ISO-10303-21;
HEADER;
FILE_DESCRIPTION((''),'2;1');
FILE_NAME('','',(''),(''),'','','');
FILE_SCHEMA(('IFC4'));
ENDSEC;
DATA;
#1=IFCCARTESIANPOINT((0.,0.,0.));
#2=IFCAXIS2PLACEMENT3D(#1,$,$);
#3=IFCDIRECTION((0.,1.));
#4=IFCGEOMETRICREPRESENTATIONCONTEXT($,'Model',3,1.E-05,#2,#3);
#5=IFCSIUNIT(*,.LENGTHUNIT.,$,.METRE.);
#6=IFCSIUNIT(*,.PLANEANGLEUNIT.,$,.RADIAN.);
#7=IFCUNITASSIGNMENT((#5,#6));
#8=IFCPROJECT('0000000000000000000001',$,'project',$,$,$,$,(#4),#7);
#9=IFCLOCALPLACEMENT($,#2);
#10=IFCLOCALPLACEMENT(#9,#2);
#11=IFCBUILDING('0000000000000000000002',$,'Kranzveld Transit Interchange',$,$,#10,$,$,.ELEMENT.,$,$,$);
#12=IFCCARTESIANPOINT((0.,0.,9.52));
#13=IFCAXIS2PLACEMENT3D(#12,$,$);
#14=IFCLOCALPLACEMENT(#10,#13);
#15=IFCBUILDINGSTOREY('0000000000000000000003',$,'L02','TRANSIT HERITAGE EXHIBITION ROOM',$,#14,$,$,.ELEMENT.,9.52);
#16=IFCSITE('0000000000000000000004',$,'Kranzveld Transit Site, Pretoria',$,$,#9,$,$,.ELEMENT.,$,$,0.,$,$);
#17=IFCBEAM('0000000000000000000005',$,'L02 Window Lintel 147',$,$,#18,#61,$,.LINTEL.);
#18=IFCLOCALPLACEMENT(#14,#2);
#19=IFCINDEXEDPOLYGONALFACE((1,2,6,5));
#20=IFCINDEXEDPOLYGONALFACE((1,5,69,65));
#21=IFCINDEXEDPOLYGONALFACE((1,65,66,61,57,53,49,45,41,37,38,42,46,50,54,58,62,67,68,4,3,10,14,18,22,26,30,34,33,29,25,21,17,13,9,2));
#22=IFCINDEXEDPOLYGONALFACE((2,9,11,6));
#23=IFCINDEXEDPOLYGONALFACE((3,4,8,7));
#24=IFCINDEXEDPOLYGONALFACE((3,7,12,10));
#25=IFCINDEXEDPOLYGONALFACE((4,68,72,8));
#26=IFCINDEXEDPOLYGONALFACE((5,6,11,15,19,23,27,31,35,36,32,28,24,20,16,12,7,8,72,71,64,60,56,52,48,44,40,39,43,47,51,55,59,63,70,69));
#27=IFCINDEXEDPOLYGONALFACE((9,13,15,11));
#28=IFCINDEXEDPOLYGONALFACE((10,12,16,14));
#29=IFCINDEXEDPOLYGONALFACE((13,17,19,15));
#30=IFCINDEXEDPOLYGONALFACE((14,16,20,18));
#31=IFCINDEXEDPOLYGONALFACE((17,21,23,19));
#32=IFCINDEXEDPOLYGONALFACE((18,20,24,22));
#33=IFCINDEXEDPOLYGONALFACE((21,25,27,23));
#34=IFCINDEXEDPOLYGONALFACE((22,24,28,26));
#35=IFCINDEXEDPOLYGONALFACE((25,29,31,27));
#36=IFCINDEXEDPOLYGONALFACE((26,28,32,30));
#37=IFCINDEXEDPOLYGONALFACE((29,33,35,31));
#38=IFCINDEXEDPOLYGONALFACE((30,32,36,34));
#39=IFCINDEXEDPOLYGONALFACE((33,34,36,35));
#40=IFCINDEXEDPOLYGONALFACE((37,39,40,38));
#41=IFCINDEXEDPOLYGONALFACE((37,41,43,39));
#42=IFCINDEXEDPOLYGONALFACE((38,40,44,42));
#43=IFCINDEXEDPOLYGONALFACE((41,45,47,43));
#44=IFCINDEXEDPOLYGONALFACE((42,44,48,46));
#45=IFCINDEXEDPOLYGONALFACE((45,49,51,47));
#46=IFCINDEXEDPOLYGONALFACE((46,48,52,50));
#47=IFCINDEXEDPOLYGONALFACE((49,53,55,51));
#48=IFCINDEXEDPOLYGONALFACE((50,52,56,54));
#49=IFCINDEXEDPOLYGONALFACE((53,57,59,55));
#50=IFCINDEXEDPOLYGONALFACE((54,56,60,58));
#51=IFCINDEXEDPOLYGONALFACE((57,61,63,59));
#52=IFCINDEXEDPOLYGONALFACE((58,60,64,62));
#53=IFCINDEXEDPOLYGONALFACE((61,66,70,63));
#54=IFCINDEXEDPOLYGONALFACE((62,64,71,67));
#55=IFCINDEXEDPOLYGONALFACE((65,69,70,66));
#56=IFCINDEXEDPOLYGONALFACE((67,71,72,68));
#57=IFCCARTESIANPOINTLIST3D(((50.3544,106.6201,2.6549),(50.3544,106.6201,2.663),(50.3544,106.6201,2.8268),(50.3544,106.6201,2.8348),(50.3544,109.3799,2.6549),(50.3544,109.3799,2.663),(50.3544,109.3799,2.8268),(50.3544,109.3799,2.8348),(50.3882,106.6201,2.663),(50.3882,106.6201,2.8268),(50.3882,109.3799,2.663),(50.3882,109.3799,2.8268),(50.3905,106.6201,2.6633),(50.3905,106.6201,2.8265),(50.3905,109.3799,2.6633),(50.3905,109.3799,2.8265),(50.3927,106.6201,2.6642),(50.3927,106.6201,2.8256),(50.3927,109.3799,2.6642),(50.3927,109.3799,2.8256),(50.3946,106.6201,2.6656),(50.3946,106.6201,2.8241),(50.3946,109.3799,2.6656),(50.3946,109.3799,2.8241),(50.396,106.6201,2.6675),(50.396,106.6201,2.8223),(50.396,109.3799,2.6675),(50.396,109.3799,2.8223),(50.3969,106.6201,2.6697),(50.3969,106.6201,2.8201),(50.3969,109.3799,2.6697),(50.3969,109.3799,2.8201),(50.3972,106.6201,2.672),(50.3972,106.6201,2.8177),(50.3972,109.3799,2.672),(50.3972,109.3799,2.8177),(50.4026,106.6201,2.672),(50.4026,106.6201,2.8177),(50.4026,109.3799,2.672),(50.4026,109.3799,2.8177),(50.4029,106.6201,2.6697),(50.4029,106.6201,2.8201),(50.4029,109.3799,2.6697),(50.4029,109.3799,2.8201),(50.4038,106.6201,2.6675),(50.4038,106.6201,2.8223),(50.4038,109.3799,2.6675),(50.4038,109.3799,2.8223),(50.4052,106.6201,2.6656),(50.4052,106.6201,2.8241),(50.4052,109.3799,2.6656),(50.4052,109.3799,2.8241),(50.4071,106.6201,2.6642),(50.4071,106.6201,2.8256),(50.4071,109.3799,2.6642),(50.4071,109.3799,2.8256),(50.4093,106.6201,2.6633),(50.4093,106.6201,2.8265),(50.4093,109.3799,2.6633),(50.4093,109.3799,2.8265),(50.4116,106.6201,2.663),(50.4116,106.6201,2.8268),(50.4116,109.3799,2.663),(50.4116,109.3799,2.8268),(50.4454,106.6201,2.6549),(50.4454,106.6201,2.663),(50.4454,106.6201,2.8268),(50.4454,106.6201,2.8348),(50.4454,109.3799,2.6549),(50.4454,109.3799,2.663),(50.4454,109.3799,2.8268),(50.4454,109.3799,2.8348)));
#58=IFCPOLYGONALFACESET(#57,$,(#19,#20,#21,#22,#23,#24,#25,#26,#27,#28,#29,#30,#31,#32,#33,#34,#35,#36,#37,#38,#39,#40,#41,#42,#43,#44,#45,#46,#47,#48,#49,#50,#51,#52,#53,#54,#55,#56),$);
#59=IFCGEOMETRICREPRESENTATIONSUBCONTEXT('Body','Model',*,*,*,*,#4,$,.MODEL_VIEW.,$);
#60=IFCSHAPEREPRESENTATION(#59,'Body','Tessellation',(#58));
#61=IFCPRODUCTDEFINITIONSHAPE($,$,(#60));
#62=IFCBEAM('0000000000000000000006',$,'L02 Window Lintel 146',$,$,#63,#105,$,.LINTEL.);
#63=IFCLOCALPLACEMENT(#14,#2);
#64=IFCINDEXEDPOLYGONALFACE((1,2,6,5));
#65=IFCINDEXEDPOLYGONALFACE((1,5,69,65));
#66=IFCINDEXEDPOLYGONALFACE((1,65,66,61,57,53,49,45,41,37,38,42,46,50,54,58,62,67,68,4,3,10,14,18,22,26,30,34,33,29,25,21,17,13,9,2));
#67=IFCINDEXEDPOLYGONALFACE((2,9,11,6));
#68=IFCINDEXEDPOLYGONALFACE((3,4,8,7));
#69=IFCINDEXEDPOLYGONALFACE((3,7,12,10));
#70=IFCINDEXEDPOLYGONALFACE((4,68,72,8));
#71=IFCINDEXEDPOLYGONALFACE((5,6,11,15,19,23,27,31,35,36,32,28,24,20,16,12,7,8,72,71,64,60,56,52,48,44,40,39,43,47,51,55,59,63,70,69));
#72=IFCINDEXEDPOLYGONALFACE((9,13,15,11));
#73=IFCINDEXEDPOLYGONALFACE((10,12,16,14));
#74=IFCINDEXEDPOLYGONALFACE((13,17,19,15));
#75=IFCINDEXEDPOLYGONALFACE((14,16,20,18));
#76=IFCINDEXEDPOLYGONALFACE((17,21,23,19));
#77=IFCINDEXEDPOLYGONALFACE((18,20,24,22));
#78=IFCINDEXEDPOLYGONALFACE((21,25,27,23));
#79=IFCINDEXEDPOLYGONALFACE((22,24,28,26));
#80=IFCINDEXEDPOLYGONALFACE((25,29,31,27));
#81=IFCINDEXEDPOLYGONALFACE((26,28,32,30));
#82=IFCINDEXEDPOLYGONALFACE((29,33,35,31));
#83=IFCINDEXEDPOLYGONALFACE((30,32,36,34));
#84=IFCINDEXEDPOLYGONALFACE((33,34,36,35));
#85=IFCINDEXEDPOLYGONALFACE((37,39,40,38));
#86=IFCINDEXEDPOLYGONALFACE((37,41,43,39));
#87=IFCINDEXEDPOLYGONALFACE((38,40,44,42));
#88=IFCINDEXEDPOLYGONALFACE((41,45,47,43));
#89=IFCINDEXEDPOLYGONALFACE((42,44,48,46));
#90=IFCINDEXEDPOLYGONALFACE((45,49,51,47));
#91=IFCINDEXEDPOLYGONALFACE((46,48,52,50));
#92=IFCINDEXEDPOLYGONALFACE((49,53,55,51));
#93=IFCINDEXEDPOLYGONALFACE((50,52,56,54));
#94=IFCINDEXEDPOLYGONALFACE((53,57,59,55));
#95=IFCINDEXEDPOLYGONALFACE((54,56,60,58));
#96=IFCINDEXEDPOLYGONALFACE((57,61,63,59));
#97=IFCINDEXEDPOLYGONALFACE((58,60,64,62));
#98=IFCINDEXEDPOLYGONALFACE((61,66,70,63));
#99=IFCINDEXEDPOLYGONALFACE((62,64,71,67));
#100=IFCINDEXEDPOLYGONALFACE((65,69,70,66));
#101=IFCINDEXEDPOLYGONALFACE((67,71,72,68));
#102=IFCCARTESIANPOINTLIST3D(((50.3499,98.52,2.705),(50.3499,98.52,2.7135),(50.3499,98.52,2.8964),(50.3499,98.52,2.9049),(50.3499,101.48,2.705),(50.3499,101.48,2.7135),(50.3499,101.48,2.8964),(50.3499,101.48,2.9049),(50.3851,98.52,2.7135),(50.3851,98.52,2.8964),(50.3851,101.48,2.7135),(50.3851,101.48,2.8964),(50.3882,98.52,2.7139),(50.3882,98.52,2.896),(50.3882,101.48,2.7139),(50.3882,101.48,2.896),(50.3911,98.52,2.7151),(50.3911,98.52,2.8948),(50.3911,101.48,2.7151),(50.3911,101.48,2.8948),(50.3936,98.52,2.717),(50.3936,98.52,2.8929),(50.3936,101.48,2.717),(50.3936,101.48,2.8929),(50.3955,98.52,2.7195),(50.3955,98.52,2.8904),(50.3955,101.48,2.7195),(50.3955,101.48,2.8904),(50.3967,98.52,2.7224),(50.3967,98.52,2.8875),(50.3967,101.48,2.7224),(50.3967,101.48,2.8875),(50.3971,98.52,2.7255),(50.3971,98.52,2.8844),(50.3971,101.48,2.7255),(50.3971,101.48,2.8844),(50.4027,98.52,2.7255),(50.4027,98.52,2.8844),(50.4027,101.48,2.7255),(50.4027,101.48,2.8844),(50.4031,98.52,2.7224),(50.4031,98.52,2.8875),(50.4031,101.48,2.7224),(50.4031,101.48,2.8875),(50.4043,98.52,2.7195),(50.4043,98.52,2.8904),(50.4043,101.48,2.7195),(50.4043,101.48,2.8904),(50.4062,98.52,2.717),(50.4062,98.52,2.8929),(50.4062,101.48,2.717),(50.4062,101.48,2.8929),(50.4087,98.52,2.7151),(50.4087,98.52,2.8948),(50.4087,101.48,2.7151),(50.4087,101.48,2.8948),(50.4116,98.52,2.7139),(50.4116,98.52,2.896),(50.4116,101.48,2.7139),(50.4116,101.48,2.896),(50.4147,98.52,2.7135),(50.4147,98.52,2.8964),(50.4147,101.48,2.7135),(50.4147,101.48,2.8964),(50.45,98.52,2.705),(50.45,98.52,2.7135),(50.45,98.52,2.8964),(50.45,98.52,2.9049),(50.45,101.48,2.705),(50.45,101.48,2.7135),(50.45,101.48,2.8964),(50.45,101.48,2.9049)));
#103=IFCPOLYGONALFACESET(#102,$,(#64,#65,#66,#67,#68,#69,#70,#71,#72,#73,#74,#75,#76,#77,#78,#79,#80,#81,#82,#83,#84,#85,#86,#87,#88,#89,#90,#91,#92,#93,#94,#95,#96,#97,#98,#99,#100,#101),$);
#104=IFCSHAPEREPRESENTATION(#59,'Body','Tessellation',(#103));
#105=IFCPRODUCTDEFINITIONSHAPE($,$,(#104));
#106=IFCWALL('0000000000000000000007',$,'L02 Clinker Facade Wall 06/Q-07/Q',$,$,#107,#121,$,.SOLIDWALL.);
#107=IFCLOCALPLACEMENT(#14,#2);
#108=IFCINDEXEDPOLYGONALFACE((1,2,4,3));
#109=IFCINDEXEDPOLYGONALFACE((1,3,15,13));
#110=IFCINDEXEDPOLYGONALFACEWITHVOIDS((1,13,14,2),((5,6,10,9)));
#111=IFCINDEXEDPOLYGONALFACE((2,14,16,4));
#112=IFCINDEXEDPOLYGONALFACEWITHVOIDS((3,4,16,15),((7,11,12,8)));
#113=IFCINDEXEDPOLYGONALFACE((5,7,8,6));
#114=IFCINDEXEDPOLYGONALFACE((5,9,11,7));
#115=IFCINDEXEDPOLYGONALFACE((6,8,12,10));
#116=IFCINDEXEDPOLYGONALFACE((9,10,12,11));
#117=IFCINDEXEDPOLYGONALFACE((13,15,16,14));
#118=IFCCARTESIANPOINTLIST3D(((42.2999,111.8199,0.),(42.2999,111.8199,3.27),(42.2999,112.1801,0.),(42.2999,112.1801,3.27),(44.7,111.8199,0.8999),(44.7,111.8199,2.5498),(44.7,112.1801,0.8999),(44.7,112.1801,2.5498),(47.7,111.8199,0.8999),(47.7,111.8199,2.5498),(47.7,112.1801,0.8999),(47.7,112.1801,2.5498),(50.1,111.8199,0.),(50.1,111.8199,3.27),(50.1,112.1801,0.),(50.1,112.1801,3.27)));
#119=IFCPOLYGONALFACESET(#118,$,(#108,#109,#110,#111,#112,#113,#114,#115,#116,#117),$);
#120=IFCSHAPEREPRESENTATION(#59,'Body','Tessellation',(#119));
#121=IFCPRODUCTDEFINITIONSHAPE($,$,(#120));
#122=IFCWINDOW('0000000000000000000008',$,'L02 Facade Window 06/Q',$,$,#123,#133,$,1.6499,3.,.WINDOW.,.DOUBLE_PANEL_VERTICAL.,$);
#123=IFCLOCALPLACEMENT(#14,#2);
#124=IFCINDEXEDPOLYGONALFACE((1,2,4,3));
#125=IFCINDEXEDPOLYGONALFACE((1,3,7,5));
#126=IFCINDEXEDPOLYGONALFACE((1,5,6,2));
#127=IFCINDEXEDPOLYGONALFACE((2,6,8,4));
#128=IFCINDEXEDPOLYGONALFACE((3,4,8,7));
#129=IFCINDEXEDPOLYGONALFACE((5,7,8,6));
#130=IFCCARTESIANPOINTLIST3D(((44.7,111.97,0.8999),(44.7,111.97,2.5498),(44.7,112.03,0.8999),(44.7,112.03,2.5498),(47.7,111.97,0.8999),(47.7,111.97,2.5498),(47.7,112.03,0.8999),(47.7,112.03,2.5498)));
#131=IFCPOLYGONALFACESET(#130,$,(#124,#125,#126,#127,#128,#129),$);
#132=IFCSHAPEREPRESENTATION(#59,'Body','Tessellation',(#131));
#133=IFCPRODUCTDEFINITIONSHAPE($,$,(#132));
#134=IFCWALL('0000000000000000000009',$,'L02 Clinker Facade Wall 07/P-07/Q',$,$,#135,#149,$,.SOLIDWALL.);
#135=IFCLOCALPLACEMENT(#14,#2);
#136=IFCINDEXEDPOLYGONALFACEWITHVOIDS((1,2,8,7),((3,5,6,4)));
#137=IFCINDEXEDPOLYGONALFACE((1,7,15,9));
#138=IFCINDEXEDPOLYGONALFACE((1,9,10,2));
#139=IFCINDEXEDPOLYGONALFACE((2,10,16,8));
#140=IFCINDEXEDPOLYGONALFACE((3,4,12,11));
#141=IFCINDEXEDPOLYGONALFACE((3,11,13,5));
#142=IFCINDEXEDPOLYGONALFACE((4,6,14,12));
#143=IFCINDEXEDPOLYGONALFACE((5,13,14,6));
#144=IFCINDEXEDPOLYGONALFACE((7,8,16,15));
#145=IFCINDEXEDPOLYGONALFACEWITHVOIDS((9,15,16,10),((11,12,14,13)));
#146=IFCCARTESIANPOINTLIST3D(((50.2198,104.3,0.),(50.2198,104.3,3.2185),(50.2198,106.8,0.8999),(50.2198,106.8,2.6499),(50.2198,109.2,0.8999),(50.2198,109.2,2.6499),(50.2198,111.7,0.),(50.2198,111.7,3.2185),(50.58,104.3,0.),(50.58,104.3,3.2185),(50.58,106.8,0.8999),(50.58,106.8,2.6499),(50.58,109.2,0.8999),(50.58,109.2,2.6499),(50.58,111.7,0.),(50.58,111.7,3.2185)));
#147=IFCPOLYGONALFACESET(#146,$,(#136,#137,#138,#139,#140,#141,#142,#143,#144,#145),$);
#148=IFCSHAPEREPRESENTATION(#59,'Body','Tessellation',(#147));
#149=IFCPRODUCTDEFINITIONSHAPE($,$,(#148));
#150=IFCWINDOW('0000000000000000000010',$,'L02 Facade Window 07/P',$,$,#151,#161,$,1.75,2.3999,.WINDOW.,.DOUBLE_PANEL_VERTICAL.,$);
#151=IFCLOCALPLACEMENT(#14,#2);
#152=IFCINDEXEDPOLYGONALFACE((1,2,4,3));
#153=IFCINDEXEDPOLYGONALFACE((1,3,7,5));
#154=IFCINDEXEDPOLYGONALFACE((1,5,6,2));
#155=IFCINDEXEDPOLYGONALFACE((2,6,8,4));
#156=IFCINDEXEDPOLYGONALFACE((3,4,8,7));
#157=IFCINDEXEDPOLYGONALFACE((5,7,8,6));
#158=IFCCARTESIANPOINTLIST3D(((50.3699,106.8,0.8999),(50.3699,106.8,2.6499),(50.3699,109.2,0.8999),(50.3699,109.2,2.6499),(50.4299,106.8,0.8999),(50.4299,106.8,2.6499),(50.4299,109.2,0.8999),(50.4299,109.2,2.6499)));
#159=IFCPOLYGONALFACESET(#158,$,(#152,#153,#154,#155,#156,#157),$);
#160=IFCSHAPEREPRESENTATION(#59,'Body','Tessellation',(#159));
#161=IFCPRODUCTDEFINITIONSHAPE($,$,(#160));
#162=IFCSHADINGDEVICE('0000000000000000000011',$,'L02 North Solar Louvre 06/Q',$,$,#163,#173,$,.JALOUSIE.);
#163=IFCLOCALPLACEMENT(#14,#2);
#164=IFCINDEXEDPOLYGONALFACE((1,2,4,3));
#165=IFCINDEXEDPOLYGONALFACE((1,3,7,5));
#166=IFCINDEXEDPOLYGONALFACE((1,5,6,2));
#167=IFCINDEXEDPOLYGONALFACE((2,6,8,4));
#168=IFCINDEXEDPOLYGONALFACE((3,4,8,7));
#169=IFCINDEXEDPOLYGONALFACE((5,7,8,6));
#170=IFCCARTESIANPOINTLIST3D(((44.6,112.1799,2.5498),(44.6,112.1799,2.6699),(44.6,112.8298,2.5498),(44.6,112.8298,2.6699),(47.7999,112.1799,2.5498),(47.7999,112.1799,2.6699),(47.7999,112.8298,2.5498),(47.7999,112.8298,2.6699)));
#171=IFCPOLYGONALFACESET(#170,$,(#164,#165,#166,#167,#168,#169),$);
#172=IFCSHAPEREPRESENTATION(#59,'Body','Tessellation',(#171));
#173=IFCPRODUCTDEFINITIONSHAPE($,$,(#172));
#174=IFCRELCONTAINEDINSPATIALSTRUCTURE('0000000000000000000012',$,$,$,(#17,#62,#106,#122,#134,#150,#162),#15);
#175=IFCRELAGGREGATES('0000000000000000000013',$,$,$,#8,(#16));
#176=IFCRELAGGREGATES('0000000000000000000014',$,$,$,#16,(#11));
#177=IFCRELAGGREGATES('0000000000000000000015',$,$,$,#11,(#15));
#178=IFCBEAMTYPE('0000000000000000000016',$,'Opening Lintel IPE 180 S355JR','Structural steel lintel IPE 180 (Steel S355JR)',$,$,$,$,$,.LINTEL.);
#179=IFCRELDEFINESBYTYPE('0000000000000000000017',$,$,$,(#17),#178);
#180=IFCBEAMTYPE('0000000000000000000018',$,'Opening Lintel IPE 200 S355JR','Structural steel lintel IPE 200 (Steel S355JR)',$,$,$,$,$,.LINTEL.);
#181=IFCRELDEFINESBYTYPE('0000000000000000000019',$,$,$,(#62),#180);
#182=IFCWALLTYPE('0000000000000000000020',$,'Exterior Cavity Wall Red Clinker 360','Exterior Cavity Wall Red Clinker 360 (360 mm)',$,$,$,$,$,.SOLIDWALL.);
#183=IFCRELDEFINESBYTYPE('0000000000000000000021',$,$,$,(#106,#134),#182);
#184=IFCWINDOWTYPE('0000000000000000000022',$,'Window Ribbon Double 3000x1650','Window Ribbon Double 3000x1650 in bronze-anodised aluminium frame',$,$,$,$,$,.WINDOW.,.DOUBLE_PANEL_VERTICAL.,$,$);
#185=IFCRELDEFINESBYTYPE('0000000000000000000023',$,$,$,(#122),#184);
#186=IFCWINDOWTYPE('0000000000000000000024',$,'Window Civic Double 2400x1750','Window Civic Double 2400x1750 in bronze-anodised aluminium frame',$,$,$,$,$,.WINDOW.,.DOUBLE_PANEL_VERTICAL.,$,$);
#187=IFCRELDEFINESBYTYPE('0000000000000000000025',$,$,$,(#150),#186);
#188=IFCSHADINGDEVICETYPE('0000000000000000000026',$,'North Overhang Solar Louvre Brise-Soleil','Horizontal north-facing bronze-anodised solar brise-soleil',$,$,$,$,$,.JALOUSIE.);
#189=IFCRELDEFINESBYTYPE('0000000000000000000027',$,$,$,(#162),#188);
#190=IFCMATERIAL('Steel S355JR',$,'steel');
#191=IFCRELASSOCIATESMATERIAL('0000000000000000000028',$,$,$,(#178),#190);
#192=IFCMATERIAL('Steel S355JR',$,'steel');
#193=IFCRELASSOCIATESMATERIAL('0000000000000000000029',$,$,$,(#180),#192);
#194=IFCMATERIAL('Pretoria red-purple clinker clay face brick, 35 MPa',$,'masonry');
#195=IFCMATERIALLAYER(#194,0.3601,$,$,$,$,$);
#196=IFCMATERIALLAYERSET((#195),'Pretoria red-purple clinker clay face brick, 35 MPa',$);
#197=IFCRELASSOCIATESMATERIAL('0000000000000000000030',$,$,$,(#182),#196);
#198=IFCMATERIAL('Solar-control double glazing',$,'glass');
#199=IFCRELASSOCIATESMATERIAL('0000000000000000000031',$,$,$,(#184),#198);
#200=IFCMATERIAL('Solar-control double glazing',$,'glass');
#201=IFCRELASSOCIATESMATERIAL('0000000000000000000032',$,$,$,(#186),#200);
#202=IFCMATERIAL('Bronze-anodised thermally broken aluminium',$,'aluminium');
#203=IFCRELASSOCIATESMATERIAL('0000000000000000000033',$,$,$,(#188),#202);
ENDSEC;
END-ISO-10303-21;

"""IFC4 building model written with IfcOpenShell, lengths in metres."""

from ifc_helpers import new_model, si_unit, direction, frame, frame_2d, origin, origin_2d, place, context, subcontext, project, spatial, rectangle, i_section, extrude, material, layer, layer_set, material_profile, profile_set, type_object, element, fill, save


model = new_model("IFC4")

# Units and contexts
model_context = context("Model", 3, precision=1e-05, world=origin(), true_north=direction((0.0, 1.0)))
body_context = subcontext(model_context, "Body", "Model", "MODEL_VIEW")
ifc_project = project(units=[si_unit("LENGTHUNIT", "METRE"), si_unit("PLANEANGLEUNIT", "RADIAN")], contexts=[model_context])

# Site, building, storey
site_placement = place(None, origin())
site = spatial("IfcSite", under=ifc_project, at=site_placement, Name="Kranzveld Transit Site, Pretoria", CompositionType="ELEMENT", RefElevation=0.0)
building_placement = place(site_placement, origin())
building = spatial("IfcBuilding", under=site, at=building_placement, Name="Kranzveld Transit Interchange", CompositionType="ELEMENT")
storey_placement = place(building_placement, frame((0.0, 0.0, 9.52)))
storey = spatial("IfcBuildingStorey", under=building, at=storey_placement, Name="L02", Description="TRANSIT HERITAGE EXHIBITION ROOM", CompositionType="ELEMENT", Elevation=9.52)

# Beams
ifc_material_1 = material(Name="Steel S355JR", Category="steel")
ifc_material_profile_1 = material_profile(ifc_material_1, i_section(OverallWidth=0.0911, OverallDepth=0.1799, WebThickness=0.0054, FlangeThickness=0.0081, FilletRadius=0.009, at=origin_2d()), Name="IPE 180")
ifc_profile_set_1 = profile_set([ifc_material_profile_1], Name="Steel S355JR")
beam_type_1 = type_object("IfcBeamType", Name="Opening Lintel IPE 180 S355JR", Description="Structural steel lintel IPE 180 (Steel S355JR)", PredefinedType="LINTEL", material=ifc_profile_set_1)
beam_1_placement = place(storey_placement, frame((50.3999, 106.6201, 2.7449), z_axis=(0.0, 1.0, 0.0), x_axis=(-1.0, 0.0, 0.0)))
element("IfcBeam", 1, at=beam_1_placement, inside=storey, type_object=beam_type_1, Name="L02 Window Lintel 147", PredefinedType="LINTEL", context=body_context, shape_type="SweptSolid", body=[
    extrude(i_section(OverallWidth=0.0911, OverallDepth=0.1799, WebThickness=0.0054, FlangeThickness=0.0081, FilletRadius=0.009, at=origin_2d()), origin(), (0.0, 0.0, 1.0), 2.7598),
])
ifc_material_2 = material(Name="Steel S355JR", Category="steel")
ifc_material_profile_2 = material_profile(ifc_material_2, i_section(OverallWidth=0.1001, OverallDepth=0.2, WebThickness=0.0056, FlangeThickness=0.0085, FilletRadius=0.012, at=origin_2d()), Name="IPE 200")
ifc_profile_set_2 = profile_set([ifc_material_profile_2], Name="Steel S355JR")
beam_type_2 = type_object("IfcBeamType", Name="Opening Lintel IPE 200 S355JR", Description="Structural steel lintel IPE 200 (Steel S355JR)", PredefinedType="LINTEL", material=ifc_profile_set_2)
beam_2_placement = place(storey_placement, frame((50.3999, 98.52, 2.8049), z_axis=(0.0, 1.0, 0.0), x_axis=(-1.0, 0.0, 0.0)))
element("IfcBeam", 2, at=beam_2_placement, inside=storey, type_object=beam_type_2, Name="L02 Window Lintel 146", PredefinedType="LINTEL", context=body_context, shape_type="SweptSolid", body=[
    extrude(i_section(OverallWidth=0.1001, OverallDepth=0.2, WebThickness=0.0056, FlangeThickness=0.0085, FilletRadius=0.012, at=origin_2d()), origin(), (0.0, 0.0, 1.0), 2.96),
])

# Walls, openings, windows
ifc_material_3 = material(Name="Pretoria red-purple clinker clay face brick, 35 MPa", Category="masonry")
ifc_layer_1 = layer(ifc_material_3, 0.3601)
ifc_layer_set_1 = layer_set([ifc_layer_1], Name="Pretoria red-purple clinker clay face brick, 35 MPa")
wall_type = type_object("IfcWallType", Name="Exterior Cavity Wall Red Clinker 360", Description="Exterior Cavity Wall Red Clinker 360 (360 mm)", PredefinedType="SOLIDWALL", material=ifc_layer_set_1)
wall_1_placement = place(storey_placement, frame((42.3, 112.0, 0.0), z_axis=(0.0, 0.0, 1.0), x_axis=(1.0, 0.0, 0.0)))
wall_1 = element("IfcWall", 3, at=wall_1_placement, inside=storey, type_object=wall_type, Name="L02 Clinker Facade Wall 06/Q-07/Q", PredefinedType="SOLIDWALL", context=body_context, shape_type="SweptSolid", body=[
    extrude(rectangle(XDim=7.8, YDim=0.3601, at=frame_2d((3.8999, 0.0))), origin(), (0.0, 0.0, 1.0), 3.27),
])
opening_1_placement = place(wall_1_placement, frame((2.3999, 0.0, 0.8999), z_axis=(0.0, 0.0, 1.0), x_axis=(1.0, 0.0, 0.0)))
opening_1 = element("IfcOpeningElement", 4, at=opening_1_placement, cuts=wall_1, PredefinedType="OPENING", context=body_context, shape_type="SweptSolid", body=[
    extrude(rectangle(XDim=3.0, YDim=1.6499, at=frame_2d((1.5, 0.825))), frame((0.0, 0.1899, 0.0), z_axis=(0.0, -1.0, 0.0), x_axis=(1.0, 0.0, 0.0)), (0.0, 0.0, 1.0), 0.3801),
])
ifc_material_4 = material(Name="Solar-control double glazing", Category="glass")
window_type_1 = type_object("IfcWindowType", Name="Window Ribbon Double 3000x1650", Description="Window Ribbon Double 3000x1650 in bronze-anodised aluminium frame", PartitioningType="DOUBLE_PANEL_VERTICAL", PredefinedType="WINDOW", material=ifc_material_4)
window_1_placement = place(opening_1_placement, origin())
window_1 = element("IfcWindow", 5, at=window_1_placement, inside=storey, type_object=window_type_1, Name="L02 Facade Window 06/Q", OverallHeight=1.6499, OverallWidth=3.0, PartitioningType="DOUBLE_PANEL_VERTICAL", PredefinedType="WINDOW", context=body_context, shape_type="SweptSolid", body=[
    extrude(rectangle(XDim=3.0, YDim=1.6499, at=frame_2d((1.5, 0.825))), frame((0.0, 0.03, 0.0), z_axis=(0.0, -1.0, 0.0), x_axis=(1.0, 0.0, 0.0)), (0.0, 0.0, 1.0), 0.0601),
])
fill(opening_1, window_1)
wall_2_placement = place(storey_placement, frame((50.3999, 104.3, 0.0), z_axis=(0.0, 0.0, 1.0), x_axis=(0.0, 1.0, 0.0)))
wall_2 = element("IfcWall", 6, at=wall_2_placement, inside=storey, type_object=wall_type, Name="L02 Clinker Facade Wall 07/P-07/Q", PredefinedType="SOLIDWALL", context=body_context, shape_type="SweptSolid", body=[
    extrude(rectangle(XDim=7.3999, YDim=0.3601, at=frame_2d((3.7, 0.0))), origin(), (0.0, 0.0, 1.0), 3.2185),
])
opening_2_placement = place(wall_2_placement, frame((2.5, 0.0, 0.8999), z_axis=(0.0, 0.0, 1.0), x_axis=(1.0, 0.0, 0.0)))
opening_2 = element("IfcOpeningElement", 7, at=opening_2_placement, cuts=wall_2, PredefinedType="OPENING", context=body_context, shape_type="SweptSolid", body=[
    extrude(rectangle(XDim=2.3999, YDim=1.75, at=frame_2d((1.2, 0.875))), frame((0.0, 0.1899, 0.0), z_axis=(0.0, -1.0, 0.0), x_axis=(1.0, 0.0, 0.0)), (0.0, 0.0, 1.0), 0.3801),
])
ifc_material_5 = material(Name="Solar-control double glazing", Category="glass")
window_type_2 = type_object("IfcWindowType", Name="Window Civic Double 2400x1750", Description="Window Civic Double 2400x1750 in bronze-anodised aluminium frame", PartitioningType="DOUBLE_PANEL_VERTICAL", PredefinedType="WINDOW", material=ifc_material_5)
window_2_placement = place(opening_2_placement, origin())
window_2 = element("IfcWindow", 8, at=window_2_placement, inside=storey, type_object=window_type_2, Name="L02 Facade Window 07/P", OverallHeight=1.75, OverallWidth=2.3999, PartitioningType="DOUBLE_PANEL_VERTICAL", PredefinedType="WINDOW", context=body_context, shape_type="SweptSolid", body=[
    extrude(rectangle(XDim=2.3999, YDim=1.75, at=frame_2d((1.2, 0.875))), frame((0.0, 0.03, 0.0), z_axis=(0.0, -1.0, 0.0), x_axis=(1.0, 0.0, 0.0)), (0.0, 0.0, 1.0), 0.0601),
])
fill(opening_2, window_2)

# Shading device
ifc_material_6 = material(Name="Bronze-anodised thermally broken aluminium", Category="aluminium")
shading_device_type = type_object("IfcShadingDeviceType", Name="North Overhang Solar Louvre Brise-Soleil", Description="Horizontal north-facing bronze-anodised solar brise-soleil", PredefinedType="JALOUSIE", material=ifc_material_6)
shading_device_placement = place(storey_placement, frame((46.2, 112.5049, 2.5498), z_axis=(0.0, 0.0, 1.0), x_axis=(1.0, 0.0, 0.0)))
element("IfcShadingDevice", 9, at=shading_device_placement, inside=storey, type_object=shading_device_type, Name="L02 North Solar Louvre 06/Q", PredefinedType="JALOUSIE", context=body_context, shape_type="SweptSolid", body=[
    extrude(rectangle(XDim=3.2, YDim=0.6499, at=origin_2d()), origin(), (0.0, 0.0, 1.0), 0.1201),
])

save(model, "model.ifc")
